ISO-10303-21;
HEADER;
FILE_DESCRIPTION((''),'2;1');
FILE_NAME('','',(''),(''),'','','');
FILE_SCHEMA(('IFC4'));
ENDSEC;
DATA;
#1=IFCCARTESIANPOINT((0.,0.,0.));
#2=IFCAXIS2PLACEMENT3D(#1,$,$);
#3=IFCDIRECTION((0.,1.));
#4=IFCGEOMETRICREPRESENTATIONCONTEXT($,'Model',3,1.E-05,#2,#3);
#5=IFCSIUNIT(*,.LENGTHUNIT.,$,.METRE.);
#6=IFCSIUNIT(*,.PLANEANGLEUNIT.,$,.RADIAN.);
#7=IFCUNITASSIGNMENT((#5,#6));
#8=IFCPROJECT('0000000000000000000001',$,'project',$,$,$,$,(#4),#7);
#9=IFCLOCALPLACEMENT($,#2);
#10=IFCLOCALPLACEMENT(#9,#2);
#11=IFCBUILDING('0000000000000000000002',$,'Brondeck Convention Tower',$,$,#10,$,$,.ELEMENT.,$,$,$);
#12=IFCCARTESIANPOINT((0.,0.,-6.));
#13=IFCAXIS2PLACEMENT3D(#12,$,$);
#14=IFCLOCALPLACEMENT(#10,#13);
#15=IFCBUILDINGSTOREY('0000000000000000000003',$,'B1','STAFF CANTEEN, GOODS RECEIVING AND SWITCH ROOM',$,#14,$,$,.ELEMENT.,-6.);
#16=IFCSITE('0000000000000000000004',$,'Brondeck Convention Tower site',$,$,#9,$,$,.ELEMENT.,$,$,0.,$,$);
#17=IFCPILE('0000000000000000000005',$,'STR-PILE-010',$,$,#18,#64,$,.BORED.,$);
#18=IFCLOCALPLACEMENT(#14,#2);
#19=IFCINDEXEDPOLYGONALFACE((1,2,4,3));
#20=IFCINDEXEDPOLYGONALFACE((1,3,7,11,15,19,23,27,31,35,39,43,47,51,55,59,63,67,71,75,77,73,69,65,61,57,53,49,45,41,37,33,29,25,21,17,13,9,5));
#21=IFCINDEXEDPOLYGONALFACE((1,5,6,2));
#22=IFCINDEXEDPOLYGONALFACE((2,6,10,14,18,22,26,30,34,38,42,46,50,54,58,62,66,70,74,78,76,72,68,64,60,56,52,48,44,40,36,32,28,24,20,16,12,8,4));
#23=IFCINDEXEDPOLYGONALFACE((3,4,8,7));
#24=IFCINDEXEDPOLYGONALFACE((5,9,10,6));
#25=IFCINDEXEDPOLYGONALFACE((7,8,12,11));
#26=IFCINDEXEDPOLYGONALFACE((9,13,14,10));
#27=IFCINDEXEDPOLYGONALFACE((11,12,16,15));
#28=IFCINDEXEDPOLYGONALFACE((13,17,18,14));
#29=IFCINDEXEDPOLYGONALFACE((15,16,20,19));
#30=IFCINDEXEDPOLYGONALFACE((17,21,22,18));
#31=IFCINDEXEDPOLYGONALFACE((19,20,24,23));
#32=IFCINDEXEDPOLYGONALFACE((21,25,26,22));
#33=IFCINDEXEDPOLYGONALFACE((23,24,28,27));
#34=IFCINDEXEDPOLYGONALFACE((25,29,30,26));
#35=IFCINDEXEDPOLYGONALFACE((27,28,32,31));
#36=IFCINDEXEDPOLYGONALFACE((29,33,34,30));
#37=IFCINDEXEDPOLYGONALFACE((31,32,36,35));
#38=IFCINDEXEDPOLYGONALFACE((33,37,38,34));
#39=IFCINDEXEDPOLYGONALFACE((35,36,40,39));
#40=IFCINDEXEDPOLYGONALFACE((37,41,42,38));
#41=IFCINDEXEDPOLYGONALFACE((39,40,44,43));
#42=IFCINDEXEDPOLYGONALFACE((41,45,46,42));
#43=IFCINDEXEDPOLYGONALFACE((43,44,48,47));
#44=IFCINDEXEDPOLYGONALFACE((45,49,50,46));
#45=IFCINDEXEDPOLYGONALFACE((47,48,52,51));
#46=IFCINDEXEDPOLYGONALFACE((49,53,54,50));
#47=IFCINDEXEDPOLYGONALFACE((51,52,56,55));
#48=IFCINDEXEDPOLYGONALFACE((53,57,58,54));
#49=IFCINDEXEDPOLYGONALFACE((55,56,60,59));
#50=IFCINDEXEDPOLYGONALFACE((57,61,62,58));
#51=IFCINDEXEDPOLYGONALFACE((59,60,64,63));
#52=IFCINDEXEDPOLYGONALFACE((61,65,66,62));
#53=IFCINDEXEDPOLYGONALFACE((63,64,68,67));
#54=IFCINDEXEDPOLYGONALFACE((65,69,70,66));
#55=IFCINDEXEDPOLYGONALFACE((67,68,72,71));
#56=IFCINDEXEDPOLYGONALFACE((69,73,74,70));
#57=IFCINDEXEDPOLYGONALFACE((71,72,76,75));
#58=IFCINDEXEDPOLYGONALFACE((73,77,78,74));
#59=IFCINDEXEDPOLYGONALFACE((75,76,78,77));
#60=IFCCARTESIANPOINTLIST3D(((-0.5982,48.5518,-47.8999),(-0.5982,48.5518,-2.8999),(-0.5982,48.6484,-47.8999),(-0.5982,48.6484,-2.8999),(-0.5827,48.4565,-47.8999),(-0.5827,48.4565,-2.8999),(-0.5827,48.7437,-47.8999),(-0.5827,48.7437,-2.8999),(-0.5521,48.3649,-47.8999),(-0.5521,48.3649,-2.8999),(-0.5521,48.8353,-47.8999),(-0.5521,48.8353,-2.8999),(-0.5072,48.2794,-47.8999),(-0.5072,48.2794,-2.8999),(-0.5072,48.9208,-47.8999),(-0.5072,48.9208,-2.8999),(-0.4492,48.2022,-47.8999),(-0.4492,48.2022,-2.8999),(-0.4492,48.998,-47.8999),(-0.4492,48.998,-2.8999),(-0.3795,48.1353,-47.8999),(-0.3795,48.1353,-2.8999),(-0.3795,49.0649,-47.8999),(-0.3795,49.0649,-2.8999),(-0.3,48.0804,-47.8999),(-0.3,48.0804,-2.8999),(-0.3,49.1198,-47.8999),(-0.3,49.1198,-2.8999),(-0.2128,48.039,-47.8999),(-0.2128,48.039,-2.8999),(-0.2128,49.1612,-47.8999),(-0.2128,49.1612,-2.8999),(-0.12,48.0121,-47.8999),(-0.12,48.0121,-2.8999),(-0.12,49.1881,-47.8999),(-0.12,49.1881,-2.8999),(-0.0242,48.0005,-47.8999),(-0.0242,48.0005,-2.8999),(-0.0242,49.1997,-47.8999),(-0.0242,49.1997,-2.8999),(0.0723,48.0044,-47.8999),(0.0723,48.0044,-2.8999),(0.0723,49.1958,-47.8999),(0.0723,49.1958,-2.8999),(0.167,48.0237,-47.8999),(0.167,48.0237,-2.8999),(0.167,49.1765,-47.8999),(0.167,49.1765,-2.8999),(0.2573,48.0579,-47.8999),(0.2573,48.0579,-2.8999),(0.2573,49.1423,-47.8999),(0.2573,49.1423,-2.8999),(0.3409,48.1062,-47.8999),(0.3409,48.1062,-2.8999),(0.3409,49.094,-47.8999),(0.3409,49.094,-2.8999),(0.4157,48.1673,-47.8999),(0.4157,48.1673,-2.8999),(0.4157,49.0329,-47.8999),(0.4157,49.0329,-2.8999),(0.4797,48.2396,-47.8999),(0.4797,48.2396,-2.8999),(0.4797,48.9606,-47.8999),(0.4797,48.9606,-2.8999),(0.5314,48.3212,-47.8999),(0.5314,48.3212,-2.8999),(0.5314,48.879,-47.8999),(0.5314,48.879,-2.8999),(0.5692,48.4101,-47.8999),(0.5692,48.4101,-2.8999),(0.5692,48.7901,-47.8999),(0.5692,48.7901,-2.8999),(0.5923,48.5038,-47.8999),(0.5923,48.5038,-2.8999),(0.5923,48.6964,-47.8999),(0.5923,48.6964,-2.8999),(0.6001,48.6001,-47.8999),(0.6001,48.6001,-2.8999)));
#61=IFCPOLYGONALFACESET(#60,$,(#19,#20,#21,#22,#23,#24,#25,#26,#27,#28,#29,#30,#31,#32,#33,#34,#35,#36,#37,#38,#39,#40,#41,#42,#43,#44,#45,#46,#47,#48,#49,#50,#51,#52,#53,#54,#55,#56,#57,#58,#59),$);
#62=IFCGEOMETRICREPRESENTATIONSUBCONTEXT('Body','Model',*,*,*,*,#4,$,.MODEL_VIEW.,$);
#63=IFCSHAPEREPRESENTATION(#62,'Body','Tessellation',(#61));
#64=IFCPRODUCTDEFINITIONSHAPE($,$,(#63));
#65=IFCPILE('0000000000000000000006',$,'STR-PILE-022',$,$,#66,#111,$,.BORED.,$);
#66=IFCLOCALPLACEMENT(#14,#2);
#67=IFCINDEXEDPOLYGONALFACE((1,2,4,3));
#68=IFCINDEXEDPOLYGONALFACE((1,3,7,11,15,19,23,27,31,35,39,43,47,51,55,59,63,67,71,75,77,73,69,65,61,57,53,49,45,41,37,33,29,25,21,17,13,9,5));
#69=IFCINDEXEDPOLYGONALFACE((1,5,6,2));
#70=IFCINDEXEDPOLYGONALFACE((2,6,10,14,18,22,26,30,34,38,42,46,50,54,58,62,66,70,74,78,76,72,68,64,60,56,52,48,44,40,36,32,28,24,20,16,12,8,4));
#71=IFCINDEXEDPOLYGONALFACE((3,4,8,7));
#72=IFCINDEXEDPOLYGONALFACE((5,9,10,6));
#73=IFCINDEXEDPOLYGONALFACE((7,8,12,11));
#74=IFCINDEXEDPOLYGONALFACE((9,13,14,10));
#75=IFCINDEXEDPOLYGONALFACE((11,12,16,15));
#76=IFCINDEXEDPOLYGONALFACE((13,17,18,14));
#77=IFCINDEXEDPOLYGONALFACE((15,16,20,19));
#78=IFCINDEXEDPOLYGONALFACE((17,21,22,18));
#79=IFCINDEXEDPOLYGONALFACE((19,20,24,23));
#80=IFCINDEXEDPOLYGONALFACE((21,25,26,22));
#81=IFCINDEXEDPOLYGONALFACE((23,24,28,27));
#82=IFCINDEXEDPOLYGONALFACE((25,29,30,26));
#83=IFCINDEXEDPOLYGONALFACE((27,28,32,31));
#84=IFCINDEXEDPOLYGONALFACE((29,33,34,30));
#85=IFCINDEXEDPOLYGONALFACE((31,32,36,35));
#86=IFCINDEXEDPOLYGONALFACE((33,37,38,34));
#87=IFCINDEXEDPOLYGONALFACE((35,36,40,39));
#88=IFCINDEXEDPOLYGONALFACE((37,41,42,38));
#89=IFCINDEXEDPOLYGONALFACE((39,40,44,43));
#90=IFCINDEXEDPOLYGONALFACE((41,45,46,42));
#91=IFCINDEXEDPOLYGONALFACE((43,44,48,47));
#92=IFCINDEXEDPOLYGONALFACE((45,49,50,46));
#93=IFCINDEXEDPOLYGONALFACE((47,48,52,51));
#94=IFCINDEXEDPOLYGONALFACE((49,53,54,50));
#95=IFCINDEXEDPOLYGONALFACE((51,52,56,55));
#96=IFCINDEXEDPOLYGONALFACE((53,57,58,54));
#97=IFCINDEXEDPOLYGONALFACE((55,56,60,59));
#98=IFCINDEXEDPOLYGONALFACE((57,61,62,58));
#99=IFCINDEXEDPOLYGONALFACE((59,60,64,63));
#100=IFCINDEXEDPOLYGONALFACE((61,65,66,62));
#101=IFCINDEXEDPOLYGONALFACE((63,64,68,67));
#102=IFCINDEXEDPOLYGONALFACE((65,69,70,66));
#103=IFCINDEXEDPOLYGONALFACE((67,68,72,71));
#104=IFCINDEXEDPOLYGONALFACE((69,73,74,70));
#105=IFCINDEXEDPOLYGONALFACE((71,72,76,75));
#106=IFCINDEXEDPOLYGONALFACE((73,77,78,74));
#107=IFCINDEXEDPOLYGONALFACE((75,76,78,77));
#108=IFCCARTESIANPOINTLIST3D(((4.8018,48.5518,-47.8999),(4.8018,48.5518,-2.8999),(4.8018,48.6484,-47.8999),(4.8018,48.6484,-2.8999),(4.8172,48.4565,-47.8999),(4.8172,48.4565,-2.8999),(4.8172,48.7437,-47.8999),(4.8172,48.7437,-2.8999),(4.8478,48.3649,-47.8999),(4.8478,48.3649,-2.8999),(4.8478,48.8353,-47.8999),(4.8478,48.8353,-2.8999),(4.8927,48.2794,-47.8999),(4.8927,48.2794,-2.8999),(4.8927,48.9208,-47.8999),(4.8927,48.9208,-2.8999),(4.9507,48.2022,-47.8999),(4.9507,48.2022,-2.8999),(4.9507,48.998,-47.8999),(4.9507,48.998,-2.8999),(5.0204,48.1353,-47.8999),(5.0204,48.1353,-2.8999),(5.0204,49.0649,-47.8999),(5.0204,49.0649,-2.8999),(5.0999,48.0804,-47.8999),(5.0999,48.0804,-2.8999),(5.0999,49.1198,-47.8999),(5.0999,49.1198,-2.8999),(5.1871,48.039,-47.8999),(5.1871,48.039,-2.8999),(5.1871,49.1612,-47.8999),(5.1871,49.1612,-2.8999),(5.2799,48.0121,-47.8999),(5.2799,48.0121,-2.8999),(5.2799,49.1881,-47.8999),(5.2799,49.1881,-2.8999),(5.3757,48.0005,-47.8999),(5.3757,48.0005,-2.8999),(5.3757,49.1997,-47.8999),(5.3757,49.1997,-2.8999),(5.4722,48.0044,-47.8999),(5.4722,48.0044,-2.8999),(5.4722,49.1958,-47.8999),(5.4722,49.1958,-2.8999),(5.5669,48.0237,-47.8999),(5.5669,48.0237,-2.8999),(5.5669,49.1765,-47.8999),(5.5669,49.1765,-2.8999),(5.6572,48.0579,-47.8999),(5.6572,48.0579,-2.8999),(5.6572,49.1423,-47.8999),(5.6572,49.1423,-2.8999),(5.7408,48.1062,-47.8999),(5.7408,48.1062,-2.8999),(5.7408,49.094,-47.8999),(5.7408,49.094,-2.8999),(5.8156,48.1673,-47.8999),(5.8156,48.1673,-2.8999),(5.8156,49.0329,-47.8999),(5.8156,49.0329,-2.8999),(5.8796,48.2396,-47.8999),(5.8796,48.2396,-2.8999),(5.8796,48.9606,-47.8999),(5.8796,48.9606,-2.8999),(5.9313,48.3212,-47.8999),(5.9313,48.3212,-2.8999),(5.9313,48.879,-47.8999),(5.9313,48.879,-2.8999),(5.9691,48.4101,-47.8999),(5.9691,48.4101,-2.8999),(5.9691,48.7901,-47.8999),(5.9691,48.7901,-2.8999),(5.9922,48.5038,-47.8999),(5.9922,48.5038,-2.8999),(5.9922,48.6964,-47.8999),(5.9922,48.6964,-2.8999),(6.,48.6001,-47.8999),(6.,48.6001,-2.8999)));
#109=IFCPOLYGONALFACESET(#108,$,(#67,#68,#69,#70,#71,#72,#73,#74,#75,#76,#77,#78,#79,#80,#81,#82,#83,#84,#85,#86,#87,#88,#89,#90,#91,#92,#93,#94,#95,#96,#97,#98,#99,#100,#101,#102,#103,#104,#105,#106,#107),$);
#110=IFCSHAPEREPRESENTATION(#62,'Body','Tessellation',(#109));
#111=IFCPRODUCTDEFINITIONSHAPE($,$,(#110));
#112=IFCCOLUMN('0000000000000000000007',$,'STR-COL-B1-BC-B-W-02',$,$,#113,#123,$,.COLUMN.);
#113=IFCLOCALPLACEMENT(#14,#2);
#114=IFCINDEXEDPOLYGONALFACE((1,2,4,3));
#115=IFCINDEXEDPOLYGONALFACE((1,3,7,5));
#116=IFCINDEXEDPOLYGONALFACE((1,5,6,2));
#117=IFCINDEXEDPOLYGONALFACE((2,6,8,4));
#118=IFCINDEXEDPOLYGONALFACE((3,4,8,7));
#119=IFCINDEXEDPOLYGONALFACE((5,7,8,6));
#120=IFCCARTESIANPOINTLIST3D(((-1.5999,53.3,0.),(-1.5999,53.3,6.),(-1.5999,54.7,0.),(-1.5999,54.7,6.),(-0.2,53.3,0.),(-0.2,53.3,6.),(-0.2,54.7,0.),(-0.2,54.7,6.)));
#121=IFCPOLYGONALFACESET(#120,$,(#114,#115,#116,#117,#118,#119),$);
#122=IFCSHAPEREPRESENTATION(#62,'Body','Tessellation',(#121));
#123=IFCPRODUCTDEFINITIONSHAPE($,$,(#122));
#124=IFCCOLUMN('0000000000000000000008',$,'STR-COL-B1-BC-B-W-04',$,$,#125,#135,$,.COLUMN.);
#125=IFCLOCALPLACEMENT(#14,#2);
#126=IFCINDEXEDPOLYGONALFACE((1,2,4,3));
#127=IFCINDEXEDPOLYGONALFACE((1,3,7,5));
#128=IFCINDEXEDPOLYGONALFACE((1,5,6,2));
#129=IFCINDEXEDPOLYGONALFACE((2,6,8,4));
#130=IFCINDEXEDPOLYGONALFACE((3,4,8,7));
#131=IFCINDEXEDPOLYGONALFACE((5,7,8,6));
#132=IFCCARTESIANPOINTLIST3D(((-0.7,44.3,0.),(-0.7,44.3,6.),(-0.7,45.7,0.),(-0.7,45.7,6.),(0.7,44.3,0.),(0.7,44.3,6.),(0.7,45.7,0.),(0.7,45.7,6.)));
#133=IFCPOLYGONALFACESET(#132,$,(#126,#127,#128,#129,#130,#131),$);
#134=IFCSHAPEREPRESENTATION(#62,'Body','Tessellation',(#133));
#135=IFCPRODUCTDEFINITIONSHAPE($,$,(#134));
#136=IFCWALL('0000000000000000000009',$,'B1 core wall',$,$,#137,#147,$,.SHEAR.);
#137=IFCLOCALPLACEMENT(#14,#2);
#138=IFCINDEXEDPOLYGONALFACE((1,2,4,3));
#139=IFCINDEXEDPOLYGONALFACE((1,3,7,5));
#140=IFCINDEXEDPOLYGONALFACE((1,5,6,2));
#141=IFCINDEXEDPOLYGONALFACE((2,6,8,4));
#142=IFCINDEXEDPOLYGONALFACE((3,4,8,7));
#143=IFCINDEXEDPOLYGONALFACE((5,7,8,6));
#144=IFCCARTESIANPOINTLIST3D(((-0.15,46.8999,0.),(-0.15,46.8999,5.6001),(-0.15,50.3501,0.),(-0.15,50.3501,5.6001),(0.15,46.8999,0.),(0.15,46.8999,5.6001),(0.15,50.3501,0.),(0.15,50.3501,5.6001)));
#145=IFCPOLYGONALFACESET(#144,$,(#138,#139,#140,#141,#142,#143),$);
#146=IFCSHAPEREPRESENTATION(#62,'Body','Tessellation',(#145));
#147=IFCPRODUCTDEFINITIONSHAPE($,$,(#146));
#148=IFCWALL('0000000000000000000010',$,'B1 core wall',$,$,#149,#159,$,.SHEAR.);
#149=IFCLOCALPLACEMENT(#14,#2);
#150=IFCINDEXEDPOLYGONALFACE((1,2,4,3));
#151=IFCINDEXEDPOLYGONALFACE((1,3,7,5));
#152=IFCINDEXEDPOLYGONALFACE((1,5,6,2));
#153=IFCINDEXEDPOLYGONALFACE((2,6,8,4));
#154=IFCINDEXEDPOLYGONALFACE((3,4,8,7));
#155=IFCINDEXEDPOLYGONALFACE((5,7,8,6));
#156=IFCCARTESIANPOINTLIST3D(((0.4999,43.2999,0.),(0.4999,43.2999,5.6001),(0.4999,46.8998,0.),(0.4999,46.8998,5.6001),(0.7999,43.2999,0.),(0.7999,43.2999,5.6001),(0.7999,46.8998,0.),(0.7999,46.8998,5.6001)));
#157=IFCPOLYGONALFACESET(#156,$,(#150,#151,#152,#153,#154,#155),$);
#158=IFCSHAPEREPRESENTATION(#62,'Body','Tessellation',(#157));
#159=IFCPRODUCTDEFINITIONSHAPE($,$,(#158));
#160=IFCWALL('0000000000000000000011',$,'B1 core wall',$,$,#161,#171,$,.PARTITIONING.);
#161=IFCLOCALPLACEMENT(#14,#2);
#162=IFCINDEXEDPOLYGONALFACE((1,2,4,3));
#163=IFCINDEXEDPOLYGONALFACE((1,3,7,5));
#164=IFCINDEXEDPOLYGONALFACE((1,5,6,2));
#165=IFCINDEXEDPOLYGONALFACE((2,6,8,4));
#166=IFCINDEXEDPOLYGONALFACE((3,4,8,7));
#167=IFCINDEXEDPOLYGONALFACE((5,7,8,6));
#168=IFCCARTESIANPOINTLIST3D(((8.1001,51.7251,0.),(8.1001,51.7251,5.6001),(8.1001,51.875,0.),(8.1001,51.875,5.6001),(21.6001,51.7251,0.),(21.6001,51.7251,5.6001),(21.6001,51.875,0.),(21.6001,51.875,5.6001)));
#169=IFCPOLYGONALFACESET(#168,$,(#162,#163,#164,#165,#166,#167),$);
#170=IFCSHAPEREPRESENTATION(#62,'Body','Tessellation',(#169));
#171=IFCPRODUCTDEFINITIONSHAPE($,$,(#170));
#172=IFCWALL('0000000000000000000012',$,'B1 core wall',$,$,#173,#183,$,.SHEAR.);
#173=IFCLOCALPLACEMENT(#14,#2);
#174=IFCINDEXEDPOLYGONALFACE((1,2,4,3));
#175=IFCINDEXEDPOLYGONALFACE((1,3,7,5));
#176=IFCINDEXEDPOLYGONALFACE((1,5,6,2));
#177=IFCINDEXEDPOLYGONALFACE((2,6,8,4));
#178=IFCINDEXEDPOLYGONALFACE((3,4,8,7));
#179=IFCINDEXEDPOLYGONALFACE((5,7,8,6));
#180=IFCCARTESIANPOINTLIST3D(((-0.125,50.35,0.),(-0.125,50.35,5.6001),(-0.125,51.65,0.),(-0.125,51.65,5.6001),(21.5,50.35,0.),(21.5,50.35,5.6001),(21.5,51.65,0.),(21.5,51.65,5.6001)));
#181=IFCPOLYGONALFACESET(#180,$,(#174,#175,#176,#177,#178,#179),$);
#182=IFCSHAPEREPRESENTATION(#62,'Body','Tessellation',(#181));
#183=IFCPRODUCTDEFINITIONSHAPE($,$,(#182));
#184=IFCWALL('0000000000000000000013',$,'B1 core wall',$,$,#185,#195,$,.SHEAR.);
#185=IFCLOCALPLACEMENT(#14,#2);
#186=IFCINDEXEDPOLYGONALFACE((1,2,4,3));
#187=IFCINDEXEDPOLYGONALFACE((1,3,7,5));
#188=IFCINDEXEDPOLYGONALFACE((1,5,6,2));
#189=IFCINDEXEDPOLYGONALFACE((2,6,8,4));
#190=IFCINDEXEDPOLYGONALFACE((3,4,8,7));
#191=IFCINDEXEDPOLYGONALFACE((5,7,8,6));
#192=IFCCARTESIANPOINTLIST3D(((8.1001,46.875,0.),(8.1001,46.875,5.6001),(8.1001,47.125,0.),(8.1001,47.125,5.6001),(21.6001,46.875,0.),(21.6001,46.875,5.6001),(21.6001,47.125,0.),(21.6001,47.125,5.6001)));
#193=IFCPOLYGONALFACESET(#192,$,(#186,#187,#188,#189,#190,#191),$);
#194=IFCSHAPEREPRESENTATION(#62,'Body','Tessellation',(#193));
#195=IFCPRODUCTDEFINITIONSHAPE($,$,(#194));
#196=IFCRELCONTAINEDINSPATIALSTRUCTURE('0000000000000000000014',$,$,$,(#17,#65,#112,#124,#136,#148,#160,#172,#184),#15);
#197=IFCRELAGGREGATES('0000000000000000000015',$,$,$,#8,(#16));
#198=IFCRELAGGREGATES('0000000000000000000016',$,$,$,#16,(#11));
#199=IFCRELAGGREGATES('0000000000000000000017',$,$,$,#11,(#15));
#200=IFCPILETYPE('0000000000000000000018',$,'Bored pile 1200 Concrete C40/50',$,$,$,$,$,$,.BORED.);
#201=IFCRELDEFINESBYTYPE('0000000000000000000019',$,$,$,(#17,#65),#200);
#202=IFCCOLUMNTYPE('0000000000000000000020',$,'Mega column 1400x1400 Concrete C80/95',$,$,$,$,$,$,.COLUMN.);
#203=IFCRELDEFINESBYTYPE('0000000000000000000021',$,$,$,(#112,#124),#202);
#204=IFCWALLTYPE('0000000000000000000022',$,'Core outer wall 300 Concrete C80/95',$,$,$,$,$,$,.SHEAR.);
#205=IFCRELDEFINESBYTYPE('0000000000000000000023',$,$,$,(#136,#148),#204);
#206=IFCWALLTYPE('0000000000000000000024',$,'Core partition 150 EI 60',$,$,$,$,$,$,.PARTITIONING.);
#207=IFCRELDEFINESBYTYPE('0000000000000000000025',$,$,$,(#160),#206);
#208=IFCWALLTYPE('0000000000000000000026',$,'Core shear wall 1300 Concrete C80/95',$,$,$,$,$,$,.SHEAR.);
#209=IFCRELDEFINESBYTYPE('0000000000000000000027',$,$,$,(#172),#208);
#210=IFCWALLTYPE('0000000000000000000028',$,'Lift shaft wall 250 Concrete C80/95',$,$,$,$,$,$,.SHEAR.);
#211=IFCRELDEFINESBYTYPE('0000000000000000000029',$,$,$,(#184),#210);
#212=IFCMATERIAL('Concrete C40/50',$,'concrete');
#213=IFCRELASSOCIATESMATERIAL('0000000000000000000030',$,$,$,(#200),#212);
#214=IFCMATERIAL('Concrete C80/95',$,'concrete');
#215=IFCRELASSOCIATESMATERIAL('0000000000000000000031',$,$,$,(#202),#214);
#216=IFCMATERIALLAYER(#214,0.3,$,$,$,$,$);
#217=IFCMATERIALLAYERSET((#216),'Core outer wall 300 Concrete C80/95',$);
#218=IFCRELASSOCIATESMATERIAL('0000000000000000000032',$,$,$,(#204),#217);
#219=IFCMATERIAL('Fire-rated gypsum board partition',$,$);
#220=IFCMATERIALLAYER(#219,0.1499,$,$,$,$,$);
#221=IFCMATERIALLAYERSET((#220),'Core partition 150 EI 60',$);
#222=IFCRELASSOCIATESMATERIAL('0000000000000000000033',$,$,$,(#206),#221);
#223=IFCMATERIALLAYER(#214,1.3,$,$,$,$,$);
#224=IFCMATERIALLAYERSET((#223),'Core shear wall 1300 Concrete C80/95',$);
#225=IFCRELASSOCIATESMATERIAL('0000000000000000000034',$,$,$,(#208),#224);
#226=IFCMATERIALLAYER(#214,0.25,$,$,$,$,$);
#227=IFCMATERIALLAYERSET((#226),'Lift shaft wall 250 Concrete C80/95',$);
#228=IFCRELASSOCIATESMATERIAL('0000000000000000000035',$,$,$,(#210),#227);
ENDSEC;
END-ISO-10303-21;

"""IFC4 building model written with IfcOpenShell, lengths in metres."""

from ifc_helpers import new_model, si_unit, direction, frame, frame_2d, origin, origin_2d, place, context, subcontext, project, spatial, rectangle, circle, extrude, material, layer, layer_set, material_profile, profile_set, type_object, element, save


model = new_model("IFC4")

# Units and contexts
model_context = context("Model", 3, precision=1e-05, world=origin(), true_north=direction((0.0, 1.0)))
body_context = subcontext(model_context, "Body", "Model", "MODEL_VIEW")
ifc_project = project(units=[si_unit("LENGTHUNIT", "METRE"), si_unit("PLANEANGLEUNIT", "RADIAN")], contexts=[model_context])

# Site, building, storey
site_placement = place(None, origin())
site = spatial("IfcSite", under=ifc_project, at=site_placement, Name="Brondeck Convention Tower site", CompositionType="ELEMENT", RefElevation=0.0)
building_placement = place(site_placement, origin())
building = spatial("IfcBuilding", under=site, at=building_placement, Name="Brondeck Convention Tower", CompositionType="ELEMENT")
storey_placement = place(building_placement, frame((0.0, 0.0, -6.0)))
storey = spatial("IfcBuildingStorey", under=building, at=storey_placement, Name="B1", Description="STAFF CANTEEN, GOODS RECEIVING AND SWITCH ROOM", CompositionType="ELEMENT", Elevation=-6.0)

# Piles
ifc_material_1 = material(Name="Concrete C40/50", Category="concrete")
ifc_material_profile_1 = material_profile(ifc_material_1, circle(Radius=0.6001, at=origin_2d()), Name="Bored pile 1200 Concrete C40/50")
ifc_profile_set_1 = profile_set([ifc_material_profile_1], Name="Concrete C40/50")
pile_type = type_object("IfcPileType", Name="Bored pile 1200 Concrete C40/50", PredefinedType="BORED", material=ifc_profile_set_1)
for number, where, z_axis, x_axis, name in (
    (1, (0.0, 48.6001, -2.8999), (0.0, 0.0, -1.0), (1.0, 0.0, 0.0), "STR-PILE-010"),
    (2, (5.3999, 48.6001, -2.8999), (0.0, 0.0, -1.0), (1.0, 0.0, 0.0), "STR-PILE-022"),
):
    element("IfcPile", number, at=place(storey_placement, frame(where, z_axis=z_axis, x_axis=x_axis)), inside=storey, type_object=pile_type, Name=name, PredefinedType="BORED", context=body_context, shape_type="SweptSolid", body=[
        extrude(circle(Radius=0.6001, at=origin_2d()), origin(), (0.0, 0.0, 1.0), 45.0),
    ])

# Columns
ifc_material_2 = material(Name="Concrete C80/95", Category="concrete")
ifc_material_profile_2 = material_profile(ifc_material_2, rectangle(XDim=1.3999, YDim=1.3999, at=origin_2d()), Name="Mega column 1400x1400 Concrete C80/95")
ifc_profile_set_2 = profile_set([ifc_material_profile_2], Name="Concrete C80/95")
column_type = type_object("IfcColumnType", Name="Mega column 1400x1400 Concrete C80/95", PredefinedType="COLUMN", material=ifc_profile_set_2)
for number, where, z_axis, x_axis, name in (
    (3, (-0.8999, 54.0, 0.0), (0.0, 0.0, 1.0), (1.0, 0.0, 0.0), "STR-COL-B1-BC-B-W-02"),
    (4, (0.0, 45.0, 0.0), (0.0, 0.0, 1.0), (1.0, 0.0, 0.0), "STR-COL-B1-BC-B-W-04"),
):
    element("IfcColumn", number, at=place(storey_placement, frame(where, z_axis=z_axis, x_axis=x_axis)), inside=storey, type_object=column_type, Name=name, PredefinedType="COLUMN", context=body_context, shape_type="SweptSolid", body=[
        extrude(rectangle(XDim=1.3999, YDim=1.3999, at=origin_2d()), origin(), (0.0, 0.0, 1.0), 6.0),
    ])

# Walls
ifc_layer_1 = layer(ifc_material_2, 0.3)
ifc_layer_set_1 = layer_set([ifc_layer_1], Name="Core outer wall 300 Concrete C80/95")
wall_type_1 = type_object("IfcWallType", Name="Core outer wall 300 Concrete C80/95", PredefinedType="SHEAR", material=ifc_layer_set_1)
wall_1_placement = place(storey_placement, frame((0.0, 46.8999, 0.0), z_axis=(0.0, 0.0, 1.0), x_axis=(0.0, 1.0, 0.0)))
element("IfcWall", 5, at=wall_1_placement, inside=storey, type_object=wall_type_1, Name="B1 core wall", PredefinedType="SHEAR", context=body_context, shape_type="SweptSolid", body=[
    extrude(rectangle(XDim=3.4502, YDim=0.3, at=frame_2d((1.7251, 0.0))), origin(), (0.0, 0.0, 1.0), 5.6001),
])
wall_2_placement = place(storey_placement, frame((0.6499, 43.3, 0.0), z_axis=(0.0, 0.0, 1.0), x_axis=(0.0, 1.0, 0.0)))
element("IfcWall", 6, at=wall_2_placement, inside=storey, type_object=wall_type_1, Name="B1 core wall", PredefinedType="SHEAR", context=body_context, shape_type="SweptSolid", body=[
    extrude(rectangle(XDim=3.5999, YDim=0.3, at=frame_2d((1.7998, 0.0))), origin(), (0.0, 0.0, 1.0), 5.6001),
])
ifc_material_3 = material(Name="Fire-rated gypsum board partition")
ifc_layer_2 = layer(ifc_material_3, 0.1499)
ifc_layer_set_2 = layer_set([ifc_layer_2], Name="Core partition 150 EI 60")
wall_type_2 = type_object("IfcWallType", Name="Core partition 150 EI 60", PredefinedType="PARTITIONING", material=ifc_layer_set_2)
wall_3_placement = place(storey_placement, frame((8.1001, 51.8, 0.0), z_axis=(0.0, 0.0, 1.0), x_axis=(1.0, 0.0, 0.0)))
element("IfcWall", 7, at=wall_3_placement, inside=storey, type_object=wall_type_2, Name="B1 core wall", PredefinedType="PARTITIONING", context=body_context, shape_type="SweptSolid", body=[
    extrude(rectangle(XDim=13.5, YDim=0.1499, at=frame_2d((6.75, 0.0))), origin(), (0.0, 0.0, 1.0), 5.6001),
])
ifc_layer_3 = layer(ifc_material_2, 1.3)
ifc_layer_set_3 = layer_set([ifc_layer_3], Name="Core shear wall 1300 Concrete C80/95")
wall_type_3 = type_object("IfcWallType", Name="Core shear wall 1300 Concrete C80/95", PredefinedType="SHEAR", material=ifc_layer_set_3)
wall_4_placement = place(storey_placement, frame((-0.125, 51.0, 0.0), z_axis=(0.0, 0.0, 1.0), x_axis=(1.0, 0.0, 0.0)))
element("IfcWall", 8, at=wall_4_placement, inside=storey, type_object=wall_type_3, Name="B1 core wall", PredefinedType="SHEAR", context=body_context, shape_type="SweptSolid", body=[
    extrude(rectangle(XDim=21.625, YDim=1.3, at=frame_2d((10.8125, 0.0))), origin(), (0.0, 0.0, 1.0), 5.6001),
])
ifc_layer_4 = layer(ifc_material_2, 0.25)
ifc_layer_set_4 = layer_set([ifc_layer_4], Name="Lift shaft wall 250 Concrete C80/95")
wall_type_4 = type_object("IfcWallType", Name="Lift shaft wall 250 Concrete C80/95", PredefinedType="SHEAR", material=ifc_layer_set_4)
wall_5_placement = place(storey_placement, frame((8.1001, 47.0, 0.0), z_axis=(0.0, 0.0, 1.0), x_axis=(1.0, 0.0, 0.0)))
element("IfcWall", 9, at=wall_5_placement, inside=storey, type_object=wall_type_4, Name="B1 core wall", PredefinedType="SHEAR", context=body_context, shape_type="SweptSolid", body=[
    extrude(rectangle(XDim=13.5, YDim=0.25, at=frame_2d((6.75, 0.0))), origin(), (0.0, 0.0, 1.0), 5.6001),
])

save(model, "model.ifc")
